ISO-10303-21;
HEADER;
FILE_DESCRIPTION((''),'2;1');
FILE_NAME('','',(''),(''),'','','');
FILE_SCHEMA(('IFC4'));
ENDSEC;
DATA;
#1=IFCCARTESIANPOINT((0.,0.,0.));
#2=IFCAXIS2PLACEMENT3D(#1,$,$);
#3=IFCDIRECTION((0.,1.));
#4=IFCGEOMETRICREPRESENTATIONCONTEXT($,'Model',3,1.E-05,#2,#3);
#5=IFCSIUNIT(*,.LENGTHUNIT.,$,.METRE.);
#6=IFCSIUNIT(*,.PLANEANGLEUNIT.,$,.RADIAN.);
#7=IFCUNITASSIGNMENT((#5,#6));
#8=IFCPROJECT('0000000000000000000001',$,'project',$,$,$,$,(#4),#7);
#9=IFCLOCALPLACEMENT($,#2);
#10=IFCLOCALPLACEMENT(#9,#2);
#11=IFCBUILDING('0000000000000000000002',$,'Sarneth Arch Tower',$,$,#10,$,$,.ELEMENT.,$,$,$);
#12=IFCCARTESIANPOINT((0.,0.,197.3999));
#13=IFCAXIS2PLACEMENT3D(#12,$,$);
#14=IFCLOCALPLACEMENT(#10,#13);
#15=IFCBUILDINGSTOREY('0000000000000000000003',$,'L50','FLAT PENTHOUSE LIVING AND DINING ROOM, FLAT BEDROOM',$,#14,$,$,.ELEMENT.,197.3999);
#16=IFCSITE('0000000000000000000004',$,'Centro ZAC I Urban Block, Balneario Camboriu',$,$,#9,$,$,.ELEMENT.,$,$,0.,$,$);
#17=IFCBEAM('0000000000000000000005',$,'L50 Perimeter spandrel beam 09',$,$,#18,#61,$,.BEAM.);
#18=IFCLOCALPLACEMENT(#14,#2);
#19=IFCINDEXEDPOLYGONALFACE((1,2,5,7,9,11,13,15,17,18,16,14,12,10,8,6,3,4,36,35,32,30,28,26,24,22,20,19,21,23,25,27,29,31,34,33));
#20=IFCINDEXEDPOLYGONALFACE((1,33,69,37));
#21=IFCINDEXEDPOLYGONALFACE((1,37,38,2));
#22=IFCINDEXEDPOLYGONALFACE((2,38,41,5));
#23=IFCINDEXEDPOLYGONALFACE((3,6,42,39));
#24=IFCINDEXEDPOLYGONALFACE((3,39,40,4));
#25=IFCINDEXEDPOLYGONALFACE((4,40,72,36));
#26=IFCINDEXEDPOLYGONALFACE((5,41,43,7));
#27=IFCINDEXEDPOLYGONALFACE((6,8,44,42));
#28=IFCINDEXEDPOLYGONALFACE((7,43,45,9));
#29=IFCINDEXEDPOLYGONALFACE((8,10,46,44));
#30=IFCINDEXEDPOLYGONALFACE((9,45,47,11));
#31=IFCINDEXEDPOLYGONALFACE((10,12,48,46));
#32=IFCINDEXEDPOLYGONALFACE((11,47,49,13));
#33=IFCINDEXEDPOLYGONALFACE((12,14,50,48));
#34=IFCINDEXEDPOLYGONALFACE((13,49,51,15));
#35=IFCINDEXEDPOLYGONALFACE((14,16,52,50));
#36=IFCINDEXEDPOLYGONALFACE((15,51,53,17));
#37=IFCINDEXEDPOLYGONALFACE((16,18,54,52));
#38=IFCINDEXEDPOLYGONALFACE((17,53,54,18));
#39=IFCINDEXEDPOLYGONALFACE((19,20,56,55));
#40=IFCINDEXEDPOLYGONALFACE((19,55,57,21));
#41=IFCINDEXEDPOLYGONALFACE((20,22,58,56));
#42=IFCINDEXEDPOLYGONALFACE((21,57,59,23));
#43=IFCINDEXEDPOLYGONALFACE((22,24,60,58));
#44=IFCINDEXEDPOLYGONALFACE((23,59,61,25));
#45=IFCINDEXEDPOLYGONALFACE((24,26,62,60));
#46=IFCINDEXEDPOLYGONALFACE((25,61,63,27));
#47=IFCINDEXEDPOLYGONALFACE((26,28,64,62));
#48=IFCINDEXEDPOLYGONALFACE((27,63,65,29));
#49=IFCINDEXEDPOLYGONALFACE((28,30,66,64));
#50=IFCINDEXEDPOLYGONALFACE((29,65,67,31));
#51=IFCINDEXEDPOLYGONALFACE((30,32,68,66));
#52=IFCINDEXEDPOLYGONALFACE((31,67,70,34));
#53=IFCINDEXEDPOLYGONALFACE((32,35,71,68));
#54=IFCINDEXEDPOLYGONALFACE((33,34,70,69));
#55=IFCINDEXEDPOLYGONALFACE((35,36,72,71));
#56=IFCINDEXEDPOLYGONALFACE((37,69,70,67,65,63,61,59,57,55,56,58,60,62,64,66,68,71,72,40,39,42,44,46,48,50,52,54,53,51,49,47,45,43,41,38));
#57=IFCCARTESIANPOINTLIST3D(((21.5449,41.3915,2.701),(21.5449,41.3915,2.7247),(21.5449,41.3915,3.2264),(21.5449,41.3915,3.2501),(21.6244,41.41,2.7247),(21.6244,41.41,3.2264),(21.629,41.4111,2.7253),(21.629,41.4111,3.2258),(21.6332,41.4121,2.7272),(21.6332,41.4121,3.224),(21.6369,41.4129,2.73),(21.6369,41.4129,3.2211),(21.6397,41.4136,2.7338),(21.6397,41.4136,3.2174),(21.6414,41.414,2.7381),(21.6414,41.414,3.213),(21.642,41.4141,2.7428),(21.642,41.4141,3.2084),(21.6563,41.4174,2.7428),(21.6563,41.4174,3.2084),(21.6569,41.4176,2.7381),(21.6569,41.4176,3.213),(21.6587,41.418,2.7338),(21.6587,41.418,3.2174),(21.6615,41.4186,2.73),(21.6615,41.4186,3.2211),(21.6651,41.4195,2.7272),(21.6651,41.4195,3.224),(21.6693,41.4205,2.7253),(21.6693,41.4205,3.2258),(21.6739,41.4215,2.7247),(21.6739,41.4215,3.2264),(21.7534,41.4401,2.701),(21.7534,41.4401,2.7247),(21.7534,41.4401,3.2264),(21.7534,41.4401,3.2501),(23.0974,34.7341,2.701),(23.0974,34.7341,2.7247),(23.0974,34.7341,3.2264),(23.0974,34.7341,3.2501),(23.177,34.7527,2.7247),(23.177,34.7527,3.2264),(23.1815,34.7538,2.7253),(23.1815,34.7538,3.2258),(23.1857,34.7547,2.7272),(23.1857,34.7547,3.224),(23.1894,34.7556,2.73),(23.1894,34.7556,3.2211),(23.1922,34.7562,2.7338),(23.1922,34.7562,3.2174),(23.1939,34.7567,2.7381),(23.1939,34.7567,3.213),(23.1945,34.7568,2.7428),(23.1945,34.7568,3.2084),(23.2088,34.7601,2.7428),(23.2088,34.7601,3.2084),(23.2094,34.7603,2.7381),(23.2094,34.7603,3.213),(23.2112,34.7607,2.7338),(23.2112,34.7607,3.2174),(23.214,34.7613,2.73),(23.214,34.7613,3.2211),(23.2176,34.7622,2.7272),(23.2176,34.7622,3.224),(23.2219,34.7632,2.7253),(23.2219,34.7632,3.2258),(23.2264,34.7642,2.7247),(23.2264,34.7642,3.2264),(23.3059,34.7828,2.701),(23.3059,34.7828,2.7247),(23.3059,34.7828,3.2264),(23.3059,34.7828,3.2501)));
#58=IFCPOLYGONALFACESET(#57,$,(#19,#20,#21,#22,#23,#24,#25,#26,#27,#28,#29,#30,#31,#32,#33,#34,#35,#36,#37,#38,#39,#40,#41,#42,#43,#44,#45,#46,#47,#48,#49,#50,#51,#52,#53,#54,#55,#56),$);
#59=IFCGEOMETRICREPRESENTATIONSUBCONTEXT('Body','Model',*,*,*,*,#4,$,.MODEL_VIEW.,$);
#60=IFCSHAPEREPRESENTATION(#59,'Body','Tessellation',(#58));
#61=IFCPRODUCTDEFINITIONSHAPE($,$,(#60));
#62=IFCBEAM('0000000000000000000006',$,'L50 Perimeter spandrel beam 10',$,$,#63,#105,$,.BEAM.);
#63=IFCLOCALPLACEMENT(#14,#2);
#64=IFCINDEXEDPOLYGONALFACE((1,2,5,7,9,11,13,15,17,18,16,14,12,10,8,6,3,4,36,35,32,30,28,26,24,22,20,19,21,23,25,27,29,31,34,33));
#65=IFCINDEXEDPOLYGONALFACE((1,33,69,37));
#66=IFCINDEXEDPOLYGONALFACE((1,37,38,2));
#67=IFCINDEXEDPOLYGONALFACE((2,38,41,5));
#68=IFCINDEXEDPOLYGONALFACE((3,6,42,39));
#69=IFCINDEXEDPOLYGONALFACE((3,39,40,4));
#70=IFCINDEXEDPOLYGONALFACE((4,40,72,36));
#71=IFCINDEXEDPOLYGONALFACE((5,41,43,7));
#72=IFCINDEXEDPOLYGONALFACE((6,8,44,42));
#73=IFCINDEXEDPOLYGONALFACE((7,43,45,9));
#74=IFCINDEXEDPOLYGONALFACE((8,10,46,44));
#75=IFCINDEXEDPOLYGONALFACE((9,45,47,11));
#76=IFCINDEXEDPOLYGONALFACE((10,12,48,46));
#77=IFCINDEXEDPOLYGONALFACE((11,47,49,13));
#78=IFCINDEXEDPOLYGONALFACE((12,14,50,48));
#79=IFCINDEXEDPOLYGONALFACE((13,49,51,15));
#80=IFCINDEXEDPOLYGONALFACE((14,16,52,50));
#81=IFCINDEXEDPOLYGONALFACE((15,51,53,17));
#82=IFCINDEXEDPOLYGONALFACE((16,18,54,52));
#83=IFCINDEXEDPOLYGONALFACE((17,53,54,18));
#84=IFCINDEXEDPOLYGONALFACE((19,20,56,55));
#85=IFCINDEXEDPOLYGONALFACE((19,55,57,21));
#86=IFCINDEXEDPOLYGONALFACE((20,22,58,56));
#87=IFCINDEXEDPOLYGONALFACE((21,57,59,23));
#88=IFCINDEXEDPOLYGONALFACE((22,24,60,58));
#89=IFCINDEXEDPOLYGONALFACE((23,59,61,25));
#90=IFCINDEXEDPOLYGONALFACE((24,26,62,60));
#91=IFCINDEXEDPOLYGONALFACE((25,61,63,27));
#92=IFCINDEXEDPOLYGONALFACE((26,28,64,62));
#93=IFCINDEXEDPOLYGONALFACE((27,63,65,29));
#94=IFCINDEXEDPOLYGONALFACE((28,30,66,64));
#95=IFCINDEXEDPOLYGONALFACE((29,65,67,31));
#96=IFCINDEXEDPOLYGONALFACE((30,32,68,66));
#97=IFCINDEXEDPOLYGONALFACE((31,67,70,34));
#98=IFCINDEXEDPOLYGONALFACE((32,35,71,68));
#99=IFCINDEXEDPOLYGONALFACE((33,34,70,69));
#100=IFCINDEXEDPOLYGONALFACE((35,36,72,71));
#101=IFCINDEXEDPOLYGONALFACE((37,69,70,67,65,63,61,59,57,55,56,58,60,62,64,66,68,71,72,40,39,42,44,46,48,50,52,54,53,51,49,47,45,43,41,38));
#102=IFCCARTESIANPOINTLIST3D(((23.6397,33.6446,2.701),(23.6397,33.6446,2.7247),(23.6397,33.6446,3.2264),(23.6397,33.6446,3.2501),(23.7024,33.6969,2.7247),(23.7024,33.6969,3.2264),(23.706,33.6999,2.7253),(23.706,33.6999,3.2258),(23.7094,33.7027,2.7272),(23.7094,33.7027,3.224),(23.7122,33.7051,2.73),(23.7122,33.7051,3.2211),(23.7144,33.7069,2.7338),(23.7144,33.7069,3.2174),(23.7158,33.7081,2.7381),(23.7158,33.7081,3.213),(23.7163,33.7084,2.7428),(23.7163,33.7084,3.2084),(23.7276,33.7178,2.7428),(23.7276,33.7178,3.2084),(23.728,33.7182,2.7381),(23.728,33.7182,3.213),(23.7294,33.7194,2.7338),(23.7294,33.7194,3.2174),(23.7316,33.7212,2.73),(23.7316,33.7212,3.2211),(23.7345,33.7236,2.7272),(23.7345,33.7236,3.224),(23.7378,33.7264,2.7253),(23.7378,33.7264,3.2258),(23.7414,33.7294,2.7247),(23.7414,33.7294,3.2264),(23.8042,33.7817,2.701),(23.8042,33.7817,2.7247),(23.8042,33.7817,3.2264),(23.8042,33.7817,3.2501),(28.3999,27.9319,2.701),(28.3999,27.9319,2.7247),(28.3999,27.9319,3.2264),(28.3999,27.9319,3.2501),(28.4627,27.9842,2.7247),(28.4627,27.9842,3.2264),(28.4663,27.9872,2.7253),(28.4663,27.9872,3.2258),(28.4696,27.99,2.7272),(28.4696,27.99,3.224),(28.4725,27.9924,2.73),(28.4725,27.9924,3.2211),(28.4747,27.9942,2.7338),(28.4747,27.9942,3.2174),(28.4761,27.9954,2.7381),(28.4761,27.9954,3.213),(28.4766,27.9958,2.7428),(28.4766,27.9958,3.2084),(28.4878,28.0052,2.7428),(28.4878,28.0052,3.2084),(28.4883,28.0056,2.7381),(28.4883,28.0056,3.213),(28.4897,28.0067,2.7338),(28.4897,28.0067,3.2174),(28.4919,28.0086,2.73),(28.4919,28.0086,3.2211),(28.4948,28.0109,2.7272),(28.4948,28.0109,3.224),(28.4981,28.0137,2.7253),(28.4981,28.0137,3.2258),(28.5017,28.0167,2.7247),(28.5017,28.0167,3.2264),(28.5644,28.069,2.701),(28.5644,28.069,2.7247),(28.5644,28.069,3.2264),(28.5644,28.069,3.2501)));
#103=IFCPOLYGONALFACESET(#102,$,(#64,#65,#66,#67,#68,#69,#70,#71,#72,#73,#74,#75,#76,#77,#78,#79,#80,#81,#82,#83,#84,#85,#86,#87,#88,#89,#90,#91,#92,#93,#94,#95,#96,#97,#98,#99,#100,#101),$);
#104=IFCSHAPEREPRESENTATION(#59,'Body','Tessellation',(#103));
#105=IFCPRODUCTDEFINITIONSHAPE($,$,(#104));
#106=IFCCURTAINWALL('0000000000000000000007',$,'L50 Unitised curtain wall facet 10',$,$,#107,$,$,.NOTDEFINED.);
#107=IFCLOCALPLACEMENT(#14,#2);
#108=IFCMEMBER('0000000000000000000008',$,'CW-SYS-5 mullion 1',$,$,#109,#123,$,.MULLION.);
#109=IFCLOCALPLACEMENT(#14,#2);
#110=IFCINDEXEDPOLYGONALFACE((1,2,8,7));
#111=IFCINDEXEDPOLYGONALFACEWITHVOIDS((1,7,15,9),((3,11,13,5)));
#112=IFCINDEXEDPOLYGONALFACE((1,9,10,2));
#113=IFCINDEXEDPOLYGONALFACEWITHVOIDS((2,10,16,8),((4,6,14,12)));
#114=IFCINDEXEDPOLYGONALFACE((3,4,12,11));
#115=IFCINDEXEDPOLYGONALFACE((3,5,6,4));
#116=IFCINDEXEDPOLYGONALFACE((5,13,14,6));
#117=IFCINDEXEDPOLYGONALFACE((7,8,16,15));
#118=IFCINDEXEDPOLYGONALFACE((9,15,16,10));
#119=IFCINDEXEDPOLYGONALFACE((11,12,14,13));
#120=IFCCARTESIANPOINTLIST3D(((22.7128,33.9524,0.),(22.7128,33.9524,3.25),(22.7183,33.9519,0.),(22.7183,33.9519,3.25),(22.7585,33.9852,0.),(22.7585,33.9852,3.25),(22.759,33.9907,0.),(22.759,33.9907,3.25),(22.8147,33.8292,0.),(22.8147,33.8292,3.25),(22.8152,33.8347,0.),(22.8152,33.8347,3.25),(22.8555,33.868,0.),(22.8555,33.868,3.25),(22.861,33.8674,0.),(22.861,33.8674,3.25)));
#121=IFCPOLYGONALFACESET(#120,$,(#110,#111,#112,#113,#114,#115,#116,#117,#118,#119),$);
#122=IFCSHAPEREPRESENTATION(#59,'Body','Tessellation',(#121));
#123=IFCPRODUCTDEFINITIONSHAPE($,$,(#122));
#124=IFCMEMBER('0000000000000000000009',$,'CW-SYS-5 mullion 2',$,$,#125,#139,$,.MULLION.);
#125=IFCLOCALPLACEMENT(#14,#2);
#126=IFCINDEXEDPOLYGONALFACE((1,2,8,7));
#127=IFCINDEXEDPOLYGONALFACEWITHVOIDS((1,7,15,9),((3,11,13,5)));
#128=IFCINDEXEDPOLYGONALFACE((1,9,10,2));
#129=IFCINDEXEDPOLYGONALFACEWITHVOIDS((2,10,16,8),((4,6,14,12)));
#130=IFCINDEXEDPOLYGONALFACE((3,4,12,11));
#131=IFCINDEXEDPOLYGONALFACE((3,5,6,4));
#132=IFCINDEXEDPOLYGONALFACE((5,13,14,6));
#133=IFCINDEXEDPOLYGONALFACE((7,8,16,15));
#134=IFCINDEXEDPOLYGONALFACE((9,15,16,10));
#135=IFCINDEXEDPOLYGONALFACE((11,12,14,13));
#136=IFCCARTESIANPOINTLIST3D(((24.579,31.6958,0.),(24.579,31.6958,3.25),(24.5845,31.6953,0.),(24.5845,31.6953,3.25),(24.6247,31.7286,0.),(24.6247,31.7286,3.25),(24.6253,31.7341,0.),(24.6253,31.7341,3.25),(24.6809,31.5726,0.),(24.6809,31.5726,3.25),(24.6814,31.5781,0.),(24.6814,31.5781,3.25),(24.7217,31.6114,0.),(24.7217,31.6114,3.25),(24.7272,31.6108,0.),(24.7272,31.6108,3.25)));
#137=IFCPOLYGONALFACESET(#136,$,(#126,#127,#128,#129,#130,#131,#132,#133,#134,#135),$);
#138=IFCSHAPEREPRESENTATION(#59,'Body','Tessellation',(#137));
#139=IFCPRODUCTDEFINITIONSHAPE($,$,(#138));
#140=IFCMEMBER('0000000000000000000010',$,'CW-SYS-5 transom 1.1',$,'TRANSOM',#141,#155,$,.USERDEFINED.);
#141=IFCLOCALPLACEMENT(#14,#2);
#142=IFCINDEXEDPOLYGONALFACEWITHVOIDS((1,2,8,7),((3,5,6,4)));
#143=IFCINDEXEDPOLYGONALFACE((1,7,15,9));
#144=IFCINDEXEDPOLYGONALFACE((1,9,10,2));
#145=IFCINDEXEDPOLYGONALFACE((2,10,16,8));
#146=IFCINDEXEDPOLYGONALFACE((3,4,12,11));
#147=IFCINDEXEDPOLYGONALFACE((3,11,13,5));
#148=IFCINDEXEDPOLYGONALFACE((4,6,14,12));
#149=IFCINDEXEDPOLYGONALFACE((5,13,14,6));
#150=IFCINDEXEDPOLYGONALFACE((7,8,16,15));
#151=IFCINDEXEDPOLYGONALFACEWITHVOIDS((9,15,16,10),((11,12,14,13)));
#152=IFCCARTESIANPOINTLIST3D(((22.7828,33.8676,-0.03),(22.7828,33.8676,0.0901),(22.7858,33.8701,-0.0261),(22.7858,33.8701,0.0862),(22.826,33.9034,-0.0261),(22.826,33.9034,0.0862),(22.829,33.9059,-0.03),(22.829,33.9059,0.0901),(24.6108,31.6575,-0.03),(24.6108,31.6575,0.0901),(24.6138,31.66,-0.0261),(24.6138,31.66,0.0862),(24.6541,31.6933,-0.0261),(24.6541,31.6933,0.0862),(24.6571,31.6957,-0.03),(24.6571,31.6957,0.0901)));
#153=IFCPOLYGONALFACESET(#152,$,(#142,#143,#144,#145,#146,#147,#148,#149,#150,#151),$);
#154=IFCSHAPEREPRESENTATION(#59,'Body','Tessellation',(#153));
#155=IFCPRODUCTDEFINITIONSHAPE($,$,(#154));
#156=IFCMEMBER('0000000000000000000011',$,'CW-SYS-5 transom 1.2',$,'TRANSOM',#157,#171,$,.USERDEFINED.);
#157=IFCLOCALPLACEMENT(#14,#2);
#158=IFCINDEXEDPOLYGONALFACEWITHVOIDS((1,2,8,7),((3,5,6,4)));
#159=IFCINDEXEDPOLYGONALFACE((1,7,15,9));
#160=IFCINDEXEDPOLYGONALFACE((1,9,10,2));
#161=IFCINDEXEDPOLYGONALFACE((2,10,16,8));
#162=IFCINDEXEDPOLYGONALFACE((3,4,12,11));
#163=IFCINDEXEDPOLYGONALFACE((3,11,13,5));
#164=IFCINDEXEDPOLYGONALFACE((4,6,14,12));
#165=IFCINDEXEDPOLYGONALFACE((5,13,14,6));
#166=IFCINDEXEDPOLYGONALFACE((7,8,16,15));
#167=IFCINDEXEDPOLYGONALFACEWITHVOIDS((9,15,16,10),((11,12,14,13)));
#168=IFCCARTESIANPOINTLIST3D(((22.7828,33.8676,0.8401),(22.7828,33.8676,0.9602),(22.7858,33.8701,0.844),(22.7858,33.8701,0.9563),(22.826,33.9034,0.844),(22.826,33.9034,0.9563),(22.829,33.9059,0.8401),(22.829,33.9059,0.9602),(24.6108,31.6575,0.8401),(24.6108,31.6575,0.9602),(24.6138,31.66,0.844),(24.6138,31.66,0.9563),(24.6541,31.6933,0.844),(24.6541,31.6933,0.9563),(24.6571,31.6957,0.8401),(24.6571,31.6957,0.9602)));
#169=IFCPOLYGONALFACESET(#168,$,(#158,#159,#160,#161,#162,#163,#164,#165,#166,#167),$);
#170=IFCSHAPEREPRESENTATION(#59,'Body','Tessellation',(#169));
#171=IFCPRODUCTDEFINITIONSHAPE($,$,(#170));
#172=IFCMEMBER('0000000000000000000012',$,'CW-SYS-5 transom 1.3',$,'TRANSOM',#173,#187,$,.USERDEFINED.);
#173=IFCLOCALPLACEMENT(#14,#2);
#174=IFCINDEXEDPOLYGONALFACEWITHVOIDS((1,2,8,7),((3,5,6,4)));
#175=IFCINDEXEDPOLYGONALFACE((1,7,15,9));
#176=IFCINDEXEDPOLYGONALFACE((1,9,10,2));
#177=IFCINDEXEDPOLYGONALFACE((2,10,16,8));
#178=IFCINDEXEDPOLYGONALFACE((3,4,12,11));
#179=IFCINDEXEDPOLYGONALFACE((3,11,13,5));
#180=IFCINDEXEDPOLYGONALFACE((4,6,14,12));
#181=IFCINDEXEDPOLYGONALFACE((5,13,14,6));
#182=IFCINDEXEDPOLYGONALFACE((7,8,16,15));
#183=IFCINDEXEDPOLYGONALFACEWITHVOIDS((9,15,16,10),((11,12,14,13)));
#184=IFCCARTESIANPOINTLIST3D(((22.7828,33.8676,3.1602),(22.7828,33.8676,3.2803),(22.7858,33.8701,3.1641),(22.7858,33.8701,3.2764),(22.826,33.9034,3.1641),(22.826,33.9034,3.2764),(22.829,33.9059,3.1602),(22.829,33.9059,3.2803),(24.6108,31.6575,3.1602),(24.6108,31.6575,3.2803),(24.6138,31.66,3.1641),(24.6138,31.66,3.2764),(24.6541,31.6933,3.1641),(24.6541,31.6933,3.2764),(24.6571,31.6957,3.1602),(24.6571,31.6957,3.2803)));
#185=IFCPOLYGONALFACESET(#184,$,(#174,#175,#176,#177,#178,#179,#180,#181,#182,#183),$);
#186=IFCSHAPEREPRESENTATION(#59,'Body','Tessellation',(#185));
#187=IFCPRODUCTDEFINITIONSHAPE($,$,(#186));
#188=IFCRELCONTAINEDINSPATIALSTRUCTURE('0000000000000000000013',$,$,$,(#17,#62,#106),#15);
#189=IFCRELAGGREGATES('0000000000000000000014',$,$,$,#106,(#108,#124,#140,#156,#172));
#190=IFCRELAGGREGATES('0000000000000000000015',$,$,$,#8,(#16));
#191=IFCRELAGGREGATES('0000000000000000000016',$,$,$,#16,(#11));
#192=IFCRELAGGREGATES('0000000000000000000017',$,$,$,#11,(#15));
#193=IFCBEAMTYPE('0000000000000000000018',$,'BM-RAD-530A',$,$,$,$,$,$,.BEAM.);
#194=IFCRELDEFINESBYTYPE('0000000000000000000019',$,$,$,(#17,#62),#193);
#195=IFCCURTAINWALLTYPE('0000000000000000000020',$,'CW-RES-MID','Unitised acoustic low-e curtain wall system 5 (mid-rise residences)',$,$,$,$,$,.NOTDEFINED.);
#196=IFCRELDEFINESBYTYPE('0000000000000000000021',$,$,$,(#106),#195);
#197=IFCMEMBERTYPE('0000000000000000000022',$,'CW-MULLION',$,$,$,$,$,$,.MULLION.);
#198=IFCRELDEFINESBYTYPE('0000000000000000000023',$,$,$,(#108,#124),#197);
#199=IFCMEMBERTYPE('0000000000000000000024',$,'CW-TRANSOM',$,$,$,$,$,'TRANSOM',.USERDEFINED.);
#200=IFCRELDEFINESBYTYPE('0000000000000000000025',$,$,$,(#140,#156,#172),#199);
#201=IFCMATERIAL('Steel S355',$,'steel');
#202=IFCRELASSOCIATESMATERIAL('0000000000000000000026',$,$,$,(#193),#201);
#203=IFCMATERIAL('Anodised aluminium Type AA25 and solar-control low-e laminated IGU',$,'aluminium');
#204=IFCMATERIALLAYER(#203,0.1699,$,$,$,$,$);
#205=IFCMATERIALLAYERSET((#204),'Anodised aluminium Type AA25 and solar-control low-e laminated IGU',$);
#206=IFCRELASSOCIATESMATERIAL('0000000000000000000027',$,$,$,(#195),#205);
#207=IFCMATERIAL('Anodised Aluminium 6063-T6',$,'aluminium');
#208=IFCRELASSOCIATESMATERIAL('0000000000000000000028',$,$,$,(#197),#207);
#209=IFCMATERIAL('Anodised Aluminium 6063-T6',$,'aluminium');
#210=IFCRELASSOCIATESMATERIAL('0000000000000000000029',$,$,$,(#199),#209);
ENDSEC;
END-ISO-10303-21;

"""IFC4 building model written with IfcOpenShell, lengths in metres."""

from ifc_helpers import new_model, si_unit, direction, frame, origin, origin_2d, place, context, subcontext, project, spatial, hollow_rectangle, i_section, extrude, material, layer, layer_set, material_profile, profile_set, type_object, element, aggregate, save


model = new_model("IFC4")

# Units and contexts
model_context = context("Model", 3, precision=1e-05, world=origin(), true_north=direction((0.0, 1.0)))
body_context = subcontext(model_context, "Body", "Model", "MODEL_VIEW")
ifc_project = project(units=[si_unit("LENGTHUNIT", "METRE"), si_unit("PLANEANGLEUNIT", "RADIAN")], contexts=[model_context])

# Site, building, storey
site_placement = place(None, origin())
site = spatial("IfcSite", under=ifc_project, at=site_placement, Name="Centro ZAC I Urban Block, Balneario Camboriu", CompositionType="ELEMENT", RefElevation=0.0)
building_placement = place(site_placement, origin())
building = spatial("IfcBuilding", under=site, at=building_placement, Name="Sarneth Arch Tower", CompositionType="ELEMENT")
storey_placement = place(building_placement, frame((0.0, 0.0, 197.3999)))
storey = spatial("IfcBuildingStorey", under=building, at=storey_placement, Name="L50", Description="FLAT PENTHOUSE LIVING AND DINING ROOM, FLAT BEDROOM", CompositionType="ELEMENT", Elevation=197.3999)

# Beams
ifc_material_1 = material(Name="Steel S355", Category="steel")
ifc_material_profile_1 = material_profile(ifc_material_1, i_section(OverallWidth=0.2141, OverallDepth=0.5491, WebThickness=0.0146, FlangeThickness=0.0237, FilletRadius=0.0181, at=origin_2d()), Name="W530x138")
ifc_profile_set_1 = profile_set([ifc_material_profile_1], Name="Steel S355")
beam_type_1 = type_object("IfcBeamType", Name="BM-RAD-530A", PredefinedType="BEAM", material=ifc_profile_set_1)
beam_1_placement = place(storey_placement, frame((21.6492, 41.4158, 2.9756), z_axis=(0.22711, -0.973869, 0.0), x_axis=(0.973869, 0.22711, 0.0)))
element("IfcBeam", 1, at=beam_1_placement, inside=storey, type_object=beam_type_1, Name="L50 Perimeter spandrel beam 09", PredefinedType="BEAM", context=body_context, shape_type="SweptSolid", body=[
    extrude(i_section(OverallWidth=0.2141, OverallDepth=0.5491, WebThickness=0.0146, FlangeThickness=0.0237, FilletRadius=0.0181, at=origin_2d()), origin(), (0.0, 0.0, 1.0), 6.8359),
])
beam_2_placement = place(storey_placement, frame((23.7219, 33.7131, 2.9756), z_axis=(0.640162, -0.76824, 0.0), x_axis=(0.76824, 0.640162, 0.0)))
element("IfcBeam", 2, at=beam_2_placement, inside=storey, type_object=beam_type_1, Name="L50 Perimeter spandrel beam 10", PredefinedType="BEAM", context=body_context, shape_type="SweptSolid", body=[
    extrude(i_section(OverallWidth=0.2141, OverallDepth=0.5491, WebThickness=0.0146, FlangeThickness=0.0237, FilletRadius=0.0181, at=origin_2d()), origin(), (0.0, 0.0, 1.0), 7.436),
])

# Curtain wall, members
ifc_material_2 = material(Name="Anodised aluminium Type AA25 and solar-control low-e laminated IGU", Category="aluminium")
ifc_layer_1 = layer(ifc_material_2, 0.1699)
ifc_layer_set_1 = layer_set([ifc_layer_1], Name="Anodised aluminium Type AA25 and solar-control low-e laminated IGU")
curtain_wall_type = type_object("IfcCurtainWallType", Name="CW-RES-MID", Description="Unitised acoustic low-e curtain wall system 5 (mid-rise residences)", PredefinedType="NOTDEFINED", material=ifc_layer_set_1)
curtain_wall_placement = place(storey_placement, origin())
curtain_wall = element("IfcCurtainWall", 3, at=curtain_wall_placement, inside=storey, type_object=curtain_wall_type, Name="L50 Unitised curtain wall facet 10", PredefinedType="NOTDEFINED")
ifc_material_3 = material(Name="Anodised Aluminium 6063-T6", Category="aluminium")
ifc_material_profile_2 = material_profile(ifc_material_3, hollow_rectangle(XDim=0.0601, YDim=0.1599, WallThickness=0.0039, at=origin_2d()), Name="AL-MULL-160x60x4")
ifc_profile_set_2 = profile_set([ifc_material_profile_2], Name="Anodised Aluminium 6063-T6")
member_type_1 = type_object("IfcMemberType", Name="CW-MULLION", PredefinedType="MULLION", material=ifc_profile_set_2)
member_1_placement = place(storey_placement, frame((22.7869, 33.9099, 0.0), z_axis=(0.0, 0.0, 1.0), x_axis=(0.770591, 0.63733, 0.0)))
member_1 = element("IfcMember", 4, at=member_1_placement, type_object=member_type_1, Name="CW-SYS-5 mullion 1", PredefinedType="MULLION", context=body_context, shape_type="SweptSolid", body=[
    extrude(hollow_rectangle(XDim=0.0601, YDim=0.1599, WallThickness=0.0039, at=origin_2d()), origin(), (0.0, 0.0, 1.0), 3.25),
])
member_2_placement = place(storey_placement, frame((24.6531, 31.6533, 0.0), z_axis=(0.0, 0.0, 1.0), x_axis=(0.770591, 0.63733, 0.0)))
member_2 = element("IfcMember", 5, at=member_2_placement, type_object=member_type_1, Name="CW-SYS-5 mullion 2", PredefinedType="MULLION", context=body_context, shape_type="SweptSolid", body=[
    extrude(hollow_rectangle(XDim=0.0601, YDim=0.1599, WallThickness=0.0039, at=origin_2d()), origin(), (0.0, 0.0, 1.0), 3.25),
])
ifc_material_4 = material(Name="Anodised Aluminium 6063-T6", Category="aluminium")
ifc_material_profile_3 = material_profile(ifc_material_4, hollow_rectangle(XDim=0.0601, YDim=0.1201, WallThickness=0.0039, at=origin_2d()), Name="AL-TRAN-120x60x4")
ifc_profile_set_3 = profile_set([ifc_material_profile_3], Name="Anodised Aluminium 6063-T6")
member_type_2 = type_object("IfcMemberType", Name="CW-TRANSOM", ElementType="TRANSOM", PredefinedType="USERDEFINED", material=ifc_profile_set_3)
member_3_placement = place(storey_placement, frame((22.8059, 33.8867, 0.03), z_axis=(0.637359, -0.770567, 0.0), x_axis=(0.770567, 0.637359, 0.0)))
member_3 = element("IfcMember", 6, at=member_3_placement, type_object=member_type_2, Name="CW-SYS-5 transom 1.1", ObjectType="TRANSOM", PredefinedType="USERDEFINED", context=body_context, shape_type="SweptSolid", body=[
    extrude(hollow_rectangle(XDim=0.0601, YDim=0.1201, WallThickness=0.0039, at=origin_2d()), origin(), (0.0, 0.0, 1.0), 2.8682),
])
member_4_placement = place(storey_placement, frame((22.8059, 33.8867, 0.9001), z_axis=(0.637359, -0.770567, 0.0), x_axis=(0.770567, 0.637359, 0.0)))
member_4 = element("IfcMember", 7, at=member_4_placement, type_object=member_type_2, Name="CW-SYS-5 transom 1.2", ObjectType="TRANSOM", PredefinedType="USERDEFINED", context=body_context, shape_type="SweptSolid", body=[
    extrude(hollow_rectangle(XDim=0.0601, YDim=0.1201, WallThickness=0.0039, at=origin_2d()), origin(), (0.0, 0.0, 1.0), 2.8682),
])
member_5_placement = place(storey_placement, frame((22.8059, 33.8867, 3.2202), z_axis=(0.637359, -0.770567, 0.0), x_axis=(0.770567, 0.637359, 0.0)))
member_5 = element("IfcMember", 8, at=member_5_placement, type_object=member_type_2, Name="CW-SYS-5 transom 1.3", ObjectType="TRANSOM", PredefinedType="USERDEFINED", context=body_context, shape_type="SweptSolid", body=[
    extrude(hollow_rectangle(XDim=0.0601, YDim=0.1201, WallThickness=0.0039, at=origin_2d()), origin(), (0.0, 0.0, 1.0), 2.8682),
])
aggregate(curtain_wall, [member_1, member_2, member_3, member_4, member_5])

save(model, "model.ifc")
